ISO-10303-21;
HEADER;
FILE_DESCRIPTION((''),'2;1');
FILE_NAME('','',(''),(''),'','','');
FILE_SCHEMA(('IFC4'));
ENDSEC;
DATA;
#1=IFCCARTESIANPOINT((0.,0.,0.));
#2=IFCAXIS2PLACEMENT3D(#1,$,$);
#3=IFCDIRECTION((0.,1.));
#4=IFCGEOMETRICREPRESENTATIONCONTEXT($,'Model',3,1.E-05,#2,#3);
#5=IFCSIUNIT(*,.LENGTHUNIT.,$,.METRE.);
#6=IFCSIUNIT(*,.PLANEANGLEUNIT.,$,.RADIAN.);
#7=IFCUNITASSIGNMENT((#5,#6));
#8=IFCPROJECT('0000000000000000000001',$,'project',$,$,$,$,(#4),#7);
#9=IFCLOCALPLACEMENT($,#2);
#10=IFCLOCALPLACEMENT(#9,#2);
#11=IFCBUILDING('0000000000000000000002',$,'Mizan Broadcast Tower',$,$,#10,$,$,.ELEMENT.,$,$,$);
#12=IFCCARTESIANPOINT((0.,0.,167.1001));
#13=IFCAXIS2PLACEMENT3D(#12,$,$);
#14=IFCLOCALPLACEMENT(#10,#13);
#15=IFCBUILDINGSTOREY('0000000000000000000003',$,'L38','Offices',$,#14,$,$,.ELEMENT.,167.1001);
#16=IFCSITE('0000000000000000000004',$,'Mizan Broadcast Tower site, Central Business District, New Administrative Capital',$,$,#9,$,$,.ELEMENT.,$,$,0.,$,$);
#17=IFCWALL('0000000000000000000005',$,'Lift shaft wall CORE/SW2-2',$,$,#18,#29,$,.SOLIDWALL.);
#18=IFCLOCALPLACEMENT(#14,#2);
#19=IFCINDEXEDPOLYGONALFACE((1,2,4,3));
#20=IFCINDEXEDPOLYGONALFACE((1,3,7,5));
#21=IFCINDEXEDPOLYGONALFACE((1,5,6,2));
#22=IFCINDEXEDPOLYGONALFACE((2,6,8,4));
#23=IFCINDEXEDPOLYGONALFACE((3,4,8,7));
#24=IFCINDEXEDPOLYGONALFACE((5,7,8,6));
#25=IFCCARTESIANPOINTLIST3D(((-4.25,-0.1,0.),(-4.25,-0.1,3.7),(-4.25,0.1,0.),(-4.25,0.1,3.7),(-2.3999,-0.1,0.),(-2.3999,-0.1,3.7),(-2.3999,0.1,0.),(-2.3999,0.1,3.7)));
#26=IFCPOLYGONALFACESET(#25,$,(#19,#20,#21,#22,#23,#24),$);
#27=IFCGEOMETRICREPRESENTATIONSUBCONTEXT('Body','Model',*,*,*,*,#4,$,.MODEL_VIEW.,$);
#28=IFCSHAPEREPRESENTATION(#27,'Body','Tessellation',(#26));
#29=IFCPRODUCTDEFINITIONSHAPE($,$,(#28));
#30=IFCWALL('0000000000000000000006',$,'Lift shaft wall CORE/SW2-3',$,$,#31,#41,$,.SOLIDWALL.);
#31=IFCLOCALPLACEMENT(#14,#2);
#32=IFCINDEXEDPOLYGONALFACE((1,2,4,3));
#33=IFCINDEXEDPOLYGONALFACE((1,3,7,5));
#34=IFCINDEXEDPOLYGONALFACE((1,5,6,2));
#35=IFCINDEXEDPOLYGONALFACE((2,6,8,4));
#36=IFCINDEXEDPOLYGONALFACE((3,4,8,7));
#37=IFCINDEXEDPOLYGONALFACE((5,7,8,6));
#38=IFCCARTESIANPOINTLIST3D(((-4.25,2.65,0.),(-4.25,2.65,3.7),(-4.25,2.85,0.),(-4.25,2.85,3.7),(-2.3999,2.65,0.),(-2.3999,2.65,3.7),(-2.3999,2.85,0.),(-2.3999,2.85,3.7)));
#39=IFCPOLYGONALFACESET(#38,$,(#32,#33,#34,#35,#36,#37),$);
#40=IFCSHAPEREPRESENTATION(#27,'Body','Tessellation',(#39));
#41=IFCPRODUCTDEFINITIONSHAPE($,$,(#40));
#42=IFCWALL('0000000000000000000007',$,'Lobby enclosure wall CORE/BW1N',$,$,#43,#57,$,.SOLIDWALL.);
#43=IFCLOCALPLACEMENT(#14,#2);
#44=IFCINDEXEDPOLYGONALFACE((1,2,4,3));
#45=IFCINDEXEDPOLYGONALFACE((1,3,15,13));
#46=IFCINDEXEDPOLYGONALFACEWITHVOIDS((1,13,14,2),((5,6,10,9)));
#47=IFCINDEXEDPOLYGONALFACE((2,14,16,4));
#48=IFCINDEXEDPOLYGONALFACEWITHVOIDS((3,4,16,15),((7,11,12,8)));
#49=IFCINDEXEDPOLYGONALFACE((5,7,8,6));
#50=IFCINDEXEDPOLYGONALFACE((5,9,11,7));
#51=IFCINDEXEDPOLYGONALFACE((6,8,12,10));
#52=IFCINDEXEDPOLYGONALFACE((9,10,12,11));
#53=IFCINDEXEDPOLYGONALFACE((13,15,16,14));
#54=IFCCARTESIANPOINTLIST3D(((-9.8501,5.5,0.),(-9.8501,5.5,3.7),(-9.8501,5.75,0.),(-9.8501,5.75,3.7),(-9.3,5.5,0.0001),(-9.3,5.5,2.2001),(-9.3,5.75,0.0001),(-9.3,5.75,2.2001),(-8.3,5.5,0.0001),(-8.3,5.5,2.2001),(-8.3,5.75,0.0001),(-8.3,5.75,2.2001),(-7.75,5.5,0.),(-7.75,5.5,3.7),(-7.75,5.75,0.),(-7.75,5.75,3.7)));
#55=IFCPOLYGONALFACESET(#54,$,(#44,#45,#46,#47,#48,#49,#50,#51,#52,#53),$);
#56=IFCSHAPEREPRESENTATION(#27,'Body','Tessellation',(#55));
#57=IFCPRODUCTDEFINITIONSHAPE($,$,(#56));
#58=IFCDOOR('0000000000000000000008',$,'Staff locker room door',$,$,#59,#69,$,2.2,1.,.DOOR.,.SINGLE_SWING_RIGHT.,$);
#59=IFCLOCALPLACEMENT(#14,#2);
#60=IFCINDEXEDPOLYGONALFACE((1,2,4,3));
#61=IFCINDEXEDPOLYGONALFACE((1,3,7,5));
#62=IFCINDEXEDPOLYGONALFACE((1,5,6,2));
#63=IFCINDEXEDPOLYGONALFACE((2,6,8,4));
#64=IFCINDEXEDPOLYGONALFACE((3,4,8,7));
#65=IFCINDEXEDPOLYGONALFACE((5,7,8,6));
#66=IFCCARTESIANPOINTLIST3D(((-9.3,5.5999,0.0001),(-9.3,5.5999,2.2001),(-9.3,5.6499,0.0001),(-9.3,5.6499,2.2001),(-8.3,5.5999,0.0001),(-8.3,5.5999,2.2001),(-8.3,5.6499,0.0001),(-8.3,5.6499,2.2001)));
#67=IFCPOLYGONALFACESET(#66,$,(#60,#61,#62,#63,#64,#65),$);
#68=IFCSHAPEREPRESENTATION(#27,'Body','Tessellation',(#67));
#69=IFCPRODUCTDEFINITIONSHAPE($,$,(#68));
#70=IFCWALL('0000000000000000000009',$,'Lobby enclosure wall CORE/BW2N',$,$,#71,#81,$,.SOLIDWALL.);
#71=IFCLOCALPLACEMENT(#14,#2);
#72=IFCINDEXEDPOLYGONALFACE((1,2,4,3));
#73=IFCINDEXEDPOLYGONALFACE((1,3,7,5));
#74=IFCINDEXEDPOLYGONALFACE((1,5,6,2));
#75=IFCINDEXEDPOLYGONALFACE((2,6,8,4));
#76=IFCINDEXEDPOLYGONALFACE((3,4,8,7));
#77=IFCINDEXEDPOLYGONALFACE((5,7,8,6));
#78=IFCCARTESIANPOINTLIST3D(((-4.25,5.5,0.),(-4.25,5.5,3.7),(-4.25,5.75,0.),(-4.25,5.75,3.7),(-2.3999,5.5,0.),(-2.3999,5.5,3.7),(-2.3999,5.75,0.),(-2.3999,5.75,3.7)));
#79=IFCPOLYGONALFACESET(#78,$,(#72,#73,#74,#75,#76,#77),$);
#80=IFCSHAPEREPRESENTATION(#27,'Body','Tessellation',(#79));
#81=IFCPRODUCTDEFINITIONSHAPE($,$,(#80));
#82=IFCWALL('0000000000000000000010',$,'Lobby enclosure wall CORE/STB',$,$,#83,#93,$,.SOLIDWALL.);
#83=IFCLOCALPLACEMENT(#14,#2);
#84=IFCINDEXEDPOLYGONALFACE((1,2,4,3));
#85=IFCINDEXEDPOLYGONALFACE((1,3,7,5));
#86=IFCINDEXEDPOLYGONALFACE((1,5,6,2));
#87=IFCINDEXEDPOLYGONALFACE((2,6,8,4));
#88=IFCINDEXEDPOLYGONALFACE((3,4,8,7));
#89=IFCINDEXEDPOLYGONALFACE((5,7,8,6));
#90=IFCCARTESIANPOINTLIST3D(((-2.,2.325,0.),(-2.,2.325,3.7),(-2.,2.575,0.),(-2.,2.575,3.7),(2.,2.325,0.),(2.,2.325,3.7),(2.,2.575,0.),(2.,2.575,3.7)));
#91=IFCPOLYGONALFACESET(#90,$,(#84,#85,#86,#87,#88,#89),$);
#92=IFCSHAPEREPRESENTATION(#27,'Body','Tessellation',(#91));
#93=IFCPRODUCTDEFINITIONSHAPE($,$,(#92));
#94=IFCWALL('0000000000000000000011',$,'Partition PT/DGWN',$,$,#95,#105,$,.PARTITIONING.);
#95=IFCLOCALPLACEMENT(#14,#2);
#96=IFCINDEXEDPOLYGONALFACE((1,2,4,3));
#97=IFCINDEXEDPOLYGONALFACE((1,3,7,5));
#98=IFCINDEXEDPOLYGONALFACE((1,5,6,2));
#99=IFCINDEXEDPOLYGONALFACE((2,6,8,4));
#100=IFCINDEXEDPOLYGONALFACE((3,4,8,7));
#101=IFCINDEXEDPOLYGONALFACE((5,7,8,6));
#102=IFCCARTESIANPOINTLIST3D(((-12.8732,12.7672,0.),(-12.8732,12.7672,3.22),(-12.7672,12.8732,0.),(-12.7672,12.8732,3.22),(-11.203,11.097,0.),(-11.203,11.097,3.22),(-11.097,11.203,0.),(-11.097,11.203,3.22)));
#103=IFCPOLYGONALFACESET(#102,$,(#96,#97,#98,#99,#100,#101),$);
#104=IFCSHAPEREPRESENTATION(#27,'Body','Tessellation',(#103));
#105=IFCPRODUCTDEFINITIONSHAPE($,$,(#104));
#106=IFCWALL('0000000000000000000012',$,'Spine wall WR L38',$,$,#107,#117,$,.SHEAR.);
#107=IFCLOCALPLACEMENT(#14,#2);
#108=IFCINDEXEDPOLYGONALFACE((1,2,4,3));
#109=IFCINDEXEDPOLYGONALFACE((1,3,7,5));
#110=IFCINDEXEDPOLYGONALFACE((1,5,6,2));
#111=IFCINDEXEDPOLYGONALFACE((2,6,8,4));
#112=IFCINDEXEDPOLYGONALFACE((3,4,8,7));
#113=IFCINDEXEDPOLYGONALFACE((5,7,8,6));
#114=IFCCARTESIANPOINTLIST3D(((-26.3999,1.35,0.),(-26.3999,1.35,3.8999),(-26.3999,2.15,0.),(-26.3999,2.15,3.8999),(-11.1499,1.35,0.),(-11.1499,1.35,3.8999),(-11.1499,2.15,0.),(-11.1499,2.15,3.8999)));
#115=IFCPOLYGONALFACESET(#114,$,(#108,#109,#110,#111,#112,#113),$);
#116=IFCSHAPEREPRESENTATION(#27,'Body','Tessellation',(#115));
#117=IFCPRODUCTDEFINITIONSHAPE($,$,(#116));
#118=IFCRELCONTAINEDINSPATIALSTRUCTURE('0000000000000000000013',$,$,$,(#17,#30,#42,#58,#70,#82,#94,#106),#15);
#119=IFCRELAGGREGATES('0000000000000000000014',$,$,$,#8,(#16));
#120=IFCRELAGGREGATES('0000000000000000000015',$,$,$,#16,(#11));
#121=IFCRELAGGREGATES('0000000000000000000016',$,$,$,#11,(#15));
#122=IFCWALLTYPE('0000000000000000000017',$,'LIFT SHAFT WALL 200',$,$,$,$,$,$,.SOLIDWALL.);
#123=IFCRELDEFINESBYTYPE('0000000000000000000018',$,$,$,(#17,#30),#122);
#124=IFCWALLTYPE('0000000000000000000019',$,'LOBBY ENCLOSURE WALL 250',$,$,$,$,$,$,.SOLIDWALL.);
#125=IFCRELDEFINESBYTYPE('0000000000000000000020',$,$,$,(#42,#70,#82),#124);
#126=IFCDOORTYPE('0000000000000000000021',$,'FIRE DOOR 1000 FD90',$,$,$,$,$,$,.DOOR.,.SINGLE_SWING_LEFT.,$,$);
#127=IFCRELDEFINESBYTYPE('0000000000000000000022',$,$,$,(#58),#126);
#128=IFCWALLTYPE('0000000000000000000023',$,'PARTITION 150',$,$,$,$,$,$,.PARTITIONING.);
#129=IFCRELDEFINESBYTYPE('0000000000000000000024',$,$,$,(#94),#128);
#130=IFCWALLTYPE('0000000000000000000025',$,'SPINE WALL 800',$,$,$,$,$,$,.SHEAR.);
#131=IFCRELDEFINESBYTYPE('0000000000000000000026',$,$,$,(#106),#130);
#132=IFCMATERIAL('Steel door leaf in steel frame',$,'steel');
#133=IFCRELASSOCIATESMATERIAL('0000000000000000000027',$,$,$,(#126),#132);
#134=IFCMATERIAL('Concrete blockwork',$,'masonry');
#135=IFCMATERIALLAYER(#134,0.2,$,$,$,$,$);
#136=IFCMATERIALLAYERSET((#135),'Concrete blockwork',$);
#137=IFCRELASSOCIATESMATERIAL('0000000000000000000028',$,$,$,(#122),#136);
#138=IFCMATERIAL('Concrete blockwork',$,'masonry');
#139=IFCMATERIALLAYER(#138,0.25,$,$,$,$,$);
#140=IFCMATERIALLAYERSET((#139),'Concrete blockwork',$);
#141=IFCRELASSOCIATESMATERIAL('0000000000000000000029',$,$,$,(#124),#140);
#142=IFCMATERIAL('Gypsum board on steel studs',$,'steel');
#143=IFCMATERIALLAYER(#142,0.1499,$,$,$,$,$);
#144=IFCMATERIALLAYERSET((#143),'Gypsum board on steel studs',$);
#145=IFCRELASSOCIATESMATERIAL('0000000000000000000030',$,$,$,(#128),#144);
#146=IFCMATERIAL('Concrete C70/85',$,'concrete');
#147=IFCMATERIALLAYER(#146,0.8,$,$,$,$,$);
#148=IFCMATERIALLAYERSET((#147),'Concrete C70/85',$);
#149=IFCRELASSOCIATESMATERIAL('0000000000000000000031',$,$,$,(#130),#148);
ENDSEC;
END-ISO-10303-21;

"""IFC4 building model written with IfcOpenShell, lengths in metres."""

from ifc_helpers import new_model, si_unit, direction, frame, frame_2d, origin, place, context, subcontext, project, spatial, rectangle, extrude, material, layer, layer_set, type_object, element, fill, save


model = new_model("IFC4")

# Units and contexts
model_context = context("Model", 3, precision=1e-05, world=origin(), true_north=direction((0.0, 1.0)))
body_context = subcontext(model_context, "Body", "Model", "MODEL_VIEW")
ifc_project = project(units=[si_unit("LENGTHUNIT", "METRE"), si_unit("PLANEANGLEUNIT", "RADIAN")], contexts=[model_context])

# Site, building, storey
site_placement = place(None, origin())
site = spatial("IfcSite", under=ifc_project, at=site_placement, Name="Mizan Broadcast Tower site, Central Business District, New Administrative Capital", CompositionType="ELEMENT", RefElevation=0.0)
building_placement = place(site_placement, origin())
building = spatial("IfcBuilding", under=site, at=building_placement, Name="Mizan Broadcast Tower", CompositionType="ELEMENT")
storey_placement = place(building_placement, frame((0.0, 0.0, 167.1001)))
storey = spatial("IfcBuildingStorey", under=building, at=storey_placement, Name="L38", Description="Offices", CompositionType="ELEMENT", Elevation=167.1001)

# Shared definitions
ifc_material_1 = material(Name="Steel door leaf in steel frame", Category="steel")
door_type_1 = type_object("IfcDoorType", Name="FIRE DOOR 1000 FD90", OperationType="SINGLE_SWING_LEFT", PredefinedType="DOOR", material=ifc_material_1)

# Walls
ifc_material_2 = material(Name="Concrete blockwork", Category="masonry")
ifc_layer_1 = layer(ifc_material_2, 0.2)
ifc_layer_set_1 = layer_set([ifc_layer_1], Name="Concrete blockwork")
wall_type_1 = type_object("IfcWallType", Name="LIFT SHAFT WALL 200", PredefinedType="SOLIDWALL", material=ifc_layer_set_1)
for number, where, z_axis, x_axis, name in (
    (1, (-4.25, 0.0, 0.0), (0.0, 0.0, 1.0), (1.0, 0.0, 0.0), "Lift shaft wall CORE/SW2-2"),
    (2, (-4.25, 2.75, 0.0), (0.0, 0.0, 1.0), (1.0, 0.0, 0.0), "Lift shaft wall CORE/SW2-3"),
):
    element("IfcWall", number, at=place(storey_placement, frame(where, z_axis=z_axis, x_axis=x_axis)), inside=storey, type_object=wall_type_1, Name=name, PredefinedType="SOLIDWALL", context=body_context, shape_type="SweptSolid", body=[
        extrude(rectangle(XDim=1.8501, YDim=0.2, at=frame_2d((0.925, 0.0))), origin(), (0.0, 0.0, 1.0), 3.7),
    ])

# Wall, opening, door
ifc_material_3 = material(Name="Concrete blockwork", Category="masonry")
ifc_layer_2 = layer(ifc_material_3, 0.25)
ifc_layer_set_2 = layer_set([ifc_layer_2], Name="Concrete blockwork")
wall_type_2 = type_object("IfcWallType", Name="LOBBY ENCLOSURE WALL 250", PredefinedType="SOLIDWALL", material=ifc_layer_set_2)
wall_1_placement = place(storey_placement, frame((-9.8501, 5.625, 0.0), z_axis=(0.0, 0.0, 1.0), x_axis=(1.0, 0.0, 0.0)))
wall_1 = element("IfcWall", 3, at=wall_1_placement, inside=storey, type_object=wall_type_2, Name="Lobby enclosure wall CORE/BW1N", PredefinedType="SOLIDWALL", context=body_context, shape_type="SweptSolid", body=[
    extrude(rectangle(XDim=2.1001, YDim=0.25, at=frame_2d((1.05, 0.0))), origin(), (0.0, 0.0, 1.0), 3.7),
])
opening_1_placement = place(wall_1_placement, frame((0.55, 0.0, 0.0)))
opening_1 = element("IfcOpeningElement", 4, at=opening_1_placement, cuts=wall_1, PredefinedType="OPENING", context=body_context, shape_type="SweptSolid", body=[
    extrude(rectangle(XDim=1.0, YDim=2.2, at=frame_2d((0.5, 1.1001))), frame((0.0, 0.135, 0.0), z_axis=(0.0, -1.0, 0.0), x_axis=(1.0, 0.0, 0.0)), (0.0, 0.0, 1.0), 0.27),
])
door_1_placement = place(opening_1_placement, origin())
door_1 = element("IfcDoor", 5, at=door_1_placement, inside=storey, type_object=door_type_1, Name="Staff locker room door", OperationType="SINGLE_SWING_RIGHT", OverallHeight=2.2, OverallWidth=1.0, PredefinedType="DOOR", context=body_context, shape_type="SweptSolid", body=[
    extrude(rectangle(XDim=1.0, YDim=2.2, at=frame_2d((0.5, 1.1001))), frame((0.0, 0.0249, 0.0), z_axis=(0.0, -1.0, 0.0), x_axis=(1.0, 0.0, 0.0)), (0.0, 0.0, 1.0), 0.05),
])
fill(opening_1, door_1)

# Walls
wall_2_placement = place(storey_placement, frame((-4.25, 5.625, 0.0), z_axis=(0.0, 0.0, 1.0), x_axis=(1.0, 0.0, 0.0)))
element("IfcWall", 6, at=wall_2_placement, inside=storey, type_object=wall_type_2, Name="Lobby enclosure wall CORE/BW2N", PredefinedType="SOLIDWALL", context=body_context, shape_type="SweptSolid", body=[
    extrude(rectangle(XDim=1.8501, YDim=0.25, at=frame_2d((0.925, 0.0))), origin(), (0.0, 0.0, 1.0), 3.7),
])
wall_3_placement = place(storey_placement, frame((-2.0, 2.45, 0.0), z_axis=(0.0, 0.0, 1.0), x_axis=(1.0, 0.0, 0.0)))
element("IfcWall", 7, at=wall_3_placement, inside=storey, type_object=wall_type_2, Name="Lobby enclosure wall CORE/STB", PredefinedType="SOLIDWALL", context=body_context, shape_type="SweptSolid", body=[
    extrude(rectangle(XDim=4.0, YDim=0.25, at=frame_2d((2.0, 0.0))), origin(), (0.0, 0.0, 1.0), 3.7),
])
ifc_material_4 = material(Name="Gypsum board on steel studs", Category="steel")
ifc_layer_3 = layer(ifc_material_4, 0.1499)
ifc_layer_set_3 = layer_set([ifc_layer_3], Name="Gypsum board on steel studs")
wall_type_3 = type_object("IfcWallType", Name="PARTITION 150", PredefinedType="PARTITIONING", material=ifc_layer_set_3)
wall_4_placement = place(storey_placement, frame((-11.1499, 11.1499, 0.0), z_axis=(0.0, 0.0, 1.0), x_axis=(-0.707107, 0.707107, 0.0)))
element("IfcWall", 8, at=wall_4_placement, inside=storey, type_object=wall_type_3, Name="Partition PT/DGWN", PredefinedType="PARTITIONING", context=body_context, shape_type="SweptSolid", body=[
    extrude(rectangle(XDim=2.3621, YDim=0.1499, at=frame_2d((1.1812, 0.0))), origin(), (0.0, 0.0, 1.0), 3.22),
])
ifc_material_5 = material(Name="Concrete C70/85", Category="concrete")
ifc_layer_4 = layer(ifc_material_5, 0.8)
ifc_layer_set_4 = layer_set([ifc_layer_4], Name="Concrete C70/85")
wall_type_4 = type_object("IfcWallType", Name="SPINE WALL 800", PredefinedType="SHEAR", material=ifc_layer_set_4)
wall_5_placement = place(storey_placement, frame((-11.1499, 1.75, 0.0), z_axis=(0.0, 0.0, 1.0), x_axis=(-1.0, 0.0, 0.0)))
element("IfcWall", 9, at=wall_5_placement, inside=storey, type_object=wall_type_4, Name="Spine wall WR L38", PredefinedType="SHEAR", context=body_context, shape_type="SweptSolid", body=[
    extrude(rectangle(XDim=15.25, YDim=0.8, at=frame_2d((7.625, 0.0))), origin(), (0.0, 0.0, 1.0), 3.8999),
])

save(model, "model.ifc")
